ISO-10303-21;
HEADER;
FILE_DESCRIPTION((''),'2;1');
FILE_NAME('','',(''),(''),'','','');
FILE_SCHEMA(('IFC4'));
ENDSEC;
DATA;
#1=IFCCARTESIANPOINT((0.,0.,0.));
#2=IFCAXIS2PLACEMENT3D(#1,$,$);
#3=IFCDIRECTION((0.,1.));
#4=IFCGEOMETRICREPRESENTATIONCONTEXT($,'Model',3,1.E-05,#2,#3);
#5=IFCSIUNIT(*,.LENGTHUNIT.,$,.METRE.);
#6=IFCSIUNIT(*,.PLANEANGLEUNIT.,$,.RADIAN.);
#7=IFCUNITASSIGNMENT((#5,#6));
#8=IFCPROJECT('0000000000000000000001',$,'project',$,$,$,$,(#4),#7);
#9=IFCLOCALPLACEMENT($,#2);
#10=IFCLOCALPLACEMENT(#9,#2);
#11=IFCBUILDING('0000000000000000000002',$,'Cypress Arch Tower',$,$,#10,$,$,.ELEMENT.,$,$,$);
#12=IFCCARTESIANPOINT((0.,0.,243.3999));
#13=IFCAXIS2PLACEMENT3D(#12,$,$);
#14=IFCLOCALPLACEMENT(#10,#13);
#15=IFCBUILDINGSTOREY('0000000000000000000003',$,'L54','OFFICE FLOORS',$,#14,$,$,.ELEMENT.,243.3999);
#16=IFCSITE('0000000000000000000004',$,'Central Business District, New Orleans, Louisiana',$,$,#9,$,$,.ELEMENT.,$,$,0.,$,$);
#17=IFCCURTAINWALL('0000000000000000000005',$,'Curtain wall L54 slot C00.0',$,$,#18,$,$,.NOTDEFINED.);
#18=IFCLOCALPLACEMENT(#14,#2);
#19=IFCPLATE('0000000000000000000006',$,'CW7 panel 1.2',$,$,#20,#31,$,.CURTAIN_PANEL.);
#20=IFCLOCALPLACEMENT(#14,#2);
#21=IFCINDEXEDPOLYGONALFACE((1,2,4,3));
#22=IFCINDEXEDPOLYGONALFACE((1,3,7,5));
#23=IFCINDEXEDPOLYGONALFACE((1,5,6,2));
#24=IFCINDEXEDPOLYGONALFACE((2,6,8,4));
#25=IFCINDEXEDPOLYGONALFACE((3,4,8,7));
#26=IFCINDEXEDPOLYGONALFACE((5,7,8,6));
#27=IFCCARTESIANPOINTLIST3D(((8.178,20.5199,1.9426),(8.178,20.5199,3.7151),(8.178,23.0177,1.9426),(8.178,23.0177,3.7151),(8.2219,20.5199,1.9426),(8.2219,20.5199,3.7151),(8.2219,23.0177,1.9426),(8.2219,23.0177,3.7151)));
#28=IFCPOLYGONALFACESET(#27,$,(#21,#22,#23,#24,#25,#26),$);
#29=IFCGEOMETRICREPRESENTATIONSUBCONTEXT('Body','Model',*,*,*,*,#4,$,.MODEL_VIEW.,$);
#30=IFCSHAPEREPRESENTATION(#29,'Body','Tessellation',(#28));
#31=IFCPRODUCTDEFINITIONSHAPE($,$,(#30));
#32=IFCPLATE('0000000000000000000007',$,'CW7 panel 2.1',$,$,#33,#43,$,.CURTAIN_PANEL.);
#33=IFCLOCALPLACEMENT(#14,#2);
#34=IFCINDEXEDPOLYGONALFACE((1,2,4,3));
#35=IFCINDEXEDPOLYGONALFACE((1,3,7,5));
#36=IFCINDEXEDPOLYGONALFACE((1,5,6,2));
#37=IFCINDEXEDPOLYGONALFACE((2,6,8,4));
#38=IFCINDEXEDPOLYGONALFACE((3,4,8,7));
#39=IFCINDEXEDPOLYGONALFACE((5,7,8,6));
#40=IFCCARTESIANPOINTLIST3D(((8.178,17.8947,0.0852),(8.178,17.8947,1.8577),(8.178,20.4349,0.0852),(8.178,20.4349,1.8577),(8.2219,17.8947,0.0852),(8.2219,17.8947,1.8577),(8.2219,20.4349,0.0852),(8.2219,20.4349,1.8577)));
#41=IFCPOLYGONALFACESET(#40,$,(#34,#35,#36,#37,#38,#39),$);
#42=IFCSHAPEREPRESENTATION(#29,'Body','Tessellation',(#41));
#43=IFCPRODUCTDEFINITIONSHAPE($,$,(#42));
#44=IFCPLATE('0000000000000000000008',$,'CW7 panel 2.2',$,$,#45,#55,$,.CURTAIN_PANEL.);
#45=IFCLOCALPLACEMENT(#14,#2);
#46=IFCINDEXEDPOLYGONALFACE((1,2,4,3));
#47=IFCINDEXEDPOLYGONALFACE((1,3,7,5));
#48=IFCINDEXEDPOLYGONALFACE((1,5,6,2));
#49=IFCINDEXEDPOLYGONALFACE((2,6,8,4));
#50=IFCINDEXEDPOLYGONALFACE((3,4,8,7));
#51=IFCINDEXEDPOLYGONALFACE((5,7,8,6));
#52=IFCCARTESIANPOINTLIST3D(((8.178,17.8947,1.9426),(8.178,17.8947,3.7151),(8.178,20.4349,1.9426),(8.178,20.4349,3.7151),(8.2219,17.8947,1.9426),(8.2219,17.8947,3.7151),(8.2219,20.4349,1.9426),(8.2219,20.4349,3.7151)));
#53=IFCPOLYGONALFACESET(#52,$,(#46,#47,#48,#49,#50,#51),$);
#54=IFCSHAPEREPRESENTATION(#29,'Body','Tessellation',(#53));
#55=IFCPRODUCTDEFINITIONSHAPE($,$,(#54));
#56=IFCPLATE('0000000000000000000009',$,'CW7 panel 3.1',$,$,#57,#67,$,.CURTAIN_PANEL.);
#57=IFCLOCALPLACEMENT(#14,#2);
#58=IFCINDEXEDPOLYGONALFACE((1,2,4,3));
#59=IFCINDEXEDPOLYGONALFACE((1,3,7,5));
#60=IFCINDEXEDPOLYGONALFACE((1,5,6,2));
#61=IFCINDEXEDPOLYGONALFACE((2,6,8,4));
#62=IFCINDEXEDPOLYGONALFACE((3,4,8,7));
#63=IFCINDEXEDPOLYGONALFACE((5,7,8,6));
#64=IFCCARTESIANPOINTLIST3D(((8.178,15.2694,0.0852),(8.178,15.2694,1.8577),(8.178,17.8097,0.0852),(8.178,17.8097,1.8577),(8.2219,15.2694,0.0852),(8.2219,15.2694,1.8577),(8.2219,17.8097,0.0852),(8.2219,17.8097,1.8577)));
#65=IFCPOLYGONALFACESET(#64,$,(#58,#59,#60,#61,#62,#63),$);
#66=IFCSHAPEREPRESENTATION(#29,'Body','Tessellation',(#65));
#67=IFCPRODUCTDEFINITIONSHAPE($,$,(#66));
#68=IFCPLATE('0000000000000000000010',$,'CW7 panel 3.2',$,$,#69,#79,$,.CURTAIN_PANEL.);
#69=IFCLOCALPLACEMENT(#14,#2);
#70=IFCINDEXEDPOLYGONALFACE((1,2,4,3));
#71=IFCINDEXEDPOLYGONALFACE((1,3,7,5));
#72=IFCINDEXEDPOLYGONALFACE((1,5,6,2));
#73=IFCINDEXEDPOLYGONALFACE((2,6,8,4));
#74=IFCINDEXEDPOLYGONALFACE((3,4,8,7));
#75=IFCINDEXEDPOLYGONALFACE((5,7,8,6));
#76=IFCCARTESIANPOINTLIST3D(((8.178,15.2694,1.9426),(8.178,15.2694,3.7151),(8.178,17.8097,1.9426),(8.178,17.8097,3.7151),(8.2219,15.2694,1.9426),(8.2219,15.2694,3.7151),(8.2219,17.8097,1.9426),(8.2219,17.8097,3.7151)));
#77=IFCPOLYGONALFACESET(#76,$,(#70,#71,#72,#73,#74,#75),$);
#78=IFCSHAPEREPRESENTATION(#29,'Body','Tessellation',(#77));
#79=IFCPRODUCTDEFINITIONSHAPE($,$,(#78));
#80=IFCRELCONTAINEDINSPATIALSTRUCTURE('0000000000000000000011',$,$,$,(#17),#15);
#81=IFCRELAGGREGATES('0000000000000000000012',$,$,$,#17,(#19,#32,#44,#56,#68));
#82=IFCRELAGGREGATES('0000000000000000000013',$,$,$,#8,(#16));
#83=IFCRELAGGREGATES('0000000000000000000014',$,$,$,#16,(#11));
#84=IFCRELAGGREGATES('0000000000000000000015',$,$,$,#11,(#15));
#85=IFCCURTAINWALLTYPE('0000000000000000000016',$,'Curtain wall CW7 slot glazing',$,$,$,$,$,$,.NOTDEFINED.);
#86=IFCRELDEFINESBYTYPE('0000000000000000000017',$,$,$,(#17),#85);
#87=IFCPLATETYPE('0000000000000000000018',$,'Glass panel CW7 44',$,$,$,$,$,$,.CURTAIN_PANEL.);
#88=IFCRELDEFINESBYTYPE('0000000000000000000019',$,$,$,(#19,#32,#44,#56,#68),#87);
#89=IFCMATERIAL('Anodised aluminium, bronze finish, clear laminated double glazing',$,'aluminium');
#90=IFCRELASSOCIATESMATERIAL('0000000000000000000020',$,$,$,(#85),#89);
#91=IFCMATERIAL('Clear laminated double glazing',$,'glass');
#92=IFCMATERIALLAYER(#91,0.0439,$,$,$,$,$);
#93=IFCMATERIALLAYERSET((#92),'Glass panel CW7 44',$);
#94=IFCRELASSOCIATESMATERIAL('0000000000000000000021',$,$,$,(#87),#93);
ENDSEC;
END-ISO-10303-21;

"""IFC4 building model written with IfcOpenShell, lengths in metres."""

from ifc_helpers import new_model, si_unit, direction, frame, origin, origin_2d, place, context, subcontext, project, spatial, rectangle, extrude, material, layer, layer_set, type_object, element, aggregate, save


model = new_model("IFC4")

# Units and contexts
model_context = context("Model", 3, precision=1e-05, world=origin(), true_north=direction((0.0, 1.0)))
body_context = subcontext(model_context, "Body", "Model", "MODEL_VIEW")
ifc_project = project(units=[si_unit("LENGTHUNIT", "METRE"), si_unit("PLANEANGLEUNIT", "RADIAN")], contexts=[model_context])

# Site, building, storey
site_placement = place(None, origin())
site = spatial("IfcSite", under=ifc_project, at=site_placement, Name="Central Business District, New Orleans, Louisiana", CompositionType="ELEMENT", RefElevation=0.0)
building_placement = place(site_placement, origin())
building = spatial("IfcBuilding", under=site, at=building_placement, Name="Cypress Arch Tower", CompositionType="ELEMENT")
storey_placement = place(building_placement, frame((0.0, 0.0, 243.3999)))
storey = spatial("IfcBuildingStorey", under=building, at=storey_placement, Name="L54", Description="OFFICE FLOORS", CompositionType="ELEMENT", Elevation=243.3999)

# Curtain wall, plates
ifc_material_1 = material(Name="Anodised aluminium, bronze finish, clear laminated double glazing", Category="aluminium")
curtain_wall_type = type_object("IfcCurtainWallType", Name="Curtain wall CW7 slot glazing", PredefinedType="NOTDEFINED", material=ifc_material_1)
curtain_wall_placement = place(storey_placement, origin())
curtain_wall = element("IfcCurtainWall", 1, at=curtain_wall_placement, inside=storey, type_object=curtain_wall_type, Name="Curtain wall L54 slot C00.0", PredefinedType="NOTDEFINED")
ifc_material_2 = material(Name="Clear laminated double glazing", Category="glass")
ifc_layer = layer(ifc_material_2, 0.0439)
ifc_layer_set = layer_set([ifc_layer], Name="Glass panel CW7 44")
plate_type = type_object("IfcPlateType", Name="Glass panel CW7 44", PredefinedType="CURTAIN_PANEL", material=ifc_layer_set)
plate_1_placement = place(storey_placement, frame((8.2, 21.7688, 1.9426), z_axis=(0.0, 0.0, 1.0), x_axis=(0.0, -1.0, 0.0)))
plate_1 = element("IfcPlate", 2, at=plate_1_placement, type_object=plate_type, Name="CW7 panel 1.2", PredefinedType="CURTAIN_PANEL", context=body_context, shape_type="SweptSolid", body=[
    extrude(rectangle(XDim=2.4978, YDim=0.0439, at=origin_2d()), origin(), (0.0, 0.0, 1.0), 1.7725),
])
plate_2_placement = place(storey_placement, frame((8.2, 19.1648, 0.0852), z_axis=(0.0, 0.0, 1.0), x_axis=(0.0, -1.0, 0.0)))
plate_2 = element("IfcPlate", 3, at=plate_2_placement, type_object=plate_type, Name="CW7 panel 2.1", PredefinedType="CURTAIN_PANEL", context=body_context, shape_type="SweptSolid", body=[
    extrude(rectangle(XDim=2.5403, YDim=0.0439, at=origin_2d()), origin(), (0.0, 0.0, 1.0), 1.7725),
])
plate_3_placement = place(storey_placement, frame((8.2, 19.1648, 1.9426), z_axis=(0.0, 0.0, 1.0), x_axis=(0.0, -1.0, 0.0)))
plate_3 = element("IfcPlate", 4, at=plate_3_placement, type_object=plate_type, Name="CW7 panel 2.2", PredefinedType="CURTAIN_PANEL", context=body_context, shape_type="SweptSolid", body=[
    extrude(rectangle(XDim=2.5403, YDim=0.0439, at=origin_2d()), origin(), (0.0, 0.0, 1.0), 1.7725),
])
plate_4_placement = place(storey_placement, frame((8.2, 16.5396, 0.0852), z_axis=(0.0, 0.0, 1.0), x_axis=(0.0, -1.0, 0.0)))
plate_4 = element("IfcPlate", 5, at=plate_4_placement, type_object=plate_type, Name="CW7 panel 3.1", PredefinedType="CURTAIN_PANEL", context=body_context, shape_type="SweptSolid", body=[
    extrude(rectangle(XDim=2.5403, YDim=0.0439, at=origin_2d()), origin(), (0.0, 0.0, 1.0), 1.7725),
])
plate_5_placement = place(storey_placement, frame((8.2, 16.5396, 1.9426), z_axis=(0.0, 0.0, 1.0), x_axis=(0.0, -1.0, 0.0)))
plate_5 = element("IfcPlate", 6, at=plate_5_placement, type_object=plate_type, Name="CW7 panel 3.2", PredefinedType="CURTAIN_PANEL", context=body_context, shape_type="SweptSolid", body=[
    extrude(rectangle(XDim=2.5403, YDim=0.0439, at=origin_2d()), origin(), (0.0, 0.0, 1.0), 1.7725),
])
aggregate(curtain_wall, [plate_1, plate_2, plate_3, plate_4, plate_5])

save(model, "model.ifc")
